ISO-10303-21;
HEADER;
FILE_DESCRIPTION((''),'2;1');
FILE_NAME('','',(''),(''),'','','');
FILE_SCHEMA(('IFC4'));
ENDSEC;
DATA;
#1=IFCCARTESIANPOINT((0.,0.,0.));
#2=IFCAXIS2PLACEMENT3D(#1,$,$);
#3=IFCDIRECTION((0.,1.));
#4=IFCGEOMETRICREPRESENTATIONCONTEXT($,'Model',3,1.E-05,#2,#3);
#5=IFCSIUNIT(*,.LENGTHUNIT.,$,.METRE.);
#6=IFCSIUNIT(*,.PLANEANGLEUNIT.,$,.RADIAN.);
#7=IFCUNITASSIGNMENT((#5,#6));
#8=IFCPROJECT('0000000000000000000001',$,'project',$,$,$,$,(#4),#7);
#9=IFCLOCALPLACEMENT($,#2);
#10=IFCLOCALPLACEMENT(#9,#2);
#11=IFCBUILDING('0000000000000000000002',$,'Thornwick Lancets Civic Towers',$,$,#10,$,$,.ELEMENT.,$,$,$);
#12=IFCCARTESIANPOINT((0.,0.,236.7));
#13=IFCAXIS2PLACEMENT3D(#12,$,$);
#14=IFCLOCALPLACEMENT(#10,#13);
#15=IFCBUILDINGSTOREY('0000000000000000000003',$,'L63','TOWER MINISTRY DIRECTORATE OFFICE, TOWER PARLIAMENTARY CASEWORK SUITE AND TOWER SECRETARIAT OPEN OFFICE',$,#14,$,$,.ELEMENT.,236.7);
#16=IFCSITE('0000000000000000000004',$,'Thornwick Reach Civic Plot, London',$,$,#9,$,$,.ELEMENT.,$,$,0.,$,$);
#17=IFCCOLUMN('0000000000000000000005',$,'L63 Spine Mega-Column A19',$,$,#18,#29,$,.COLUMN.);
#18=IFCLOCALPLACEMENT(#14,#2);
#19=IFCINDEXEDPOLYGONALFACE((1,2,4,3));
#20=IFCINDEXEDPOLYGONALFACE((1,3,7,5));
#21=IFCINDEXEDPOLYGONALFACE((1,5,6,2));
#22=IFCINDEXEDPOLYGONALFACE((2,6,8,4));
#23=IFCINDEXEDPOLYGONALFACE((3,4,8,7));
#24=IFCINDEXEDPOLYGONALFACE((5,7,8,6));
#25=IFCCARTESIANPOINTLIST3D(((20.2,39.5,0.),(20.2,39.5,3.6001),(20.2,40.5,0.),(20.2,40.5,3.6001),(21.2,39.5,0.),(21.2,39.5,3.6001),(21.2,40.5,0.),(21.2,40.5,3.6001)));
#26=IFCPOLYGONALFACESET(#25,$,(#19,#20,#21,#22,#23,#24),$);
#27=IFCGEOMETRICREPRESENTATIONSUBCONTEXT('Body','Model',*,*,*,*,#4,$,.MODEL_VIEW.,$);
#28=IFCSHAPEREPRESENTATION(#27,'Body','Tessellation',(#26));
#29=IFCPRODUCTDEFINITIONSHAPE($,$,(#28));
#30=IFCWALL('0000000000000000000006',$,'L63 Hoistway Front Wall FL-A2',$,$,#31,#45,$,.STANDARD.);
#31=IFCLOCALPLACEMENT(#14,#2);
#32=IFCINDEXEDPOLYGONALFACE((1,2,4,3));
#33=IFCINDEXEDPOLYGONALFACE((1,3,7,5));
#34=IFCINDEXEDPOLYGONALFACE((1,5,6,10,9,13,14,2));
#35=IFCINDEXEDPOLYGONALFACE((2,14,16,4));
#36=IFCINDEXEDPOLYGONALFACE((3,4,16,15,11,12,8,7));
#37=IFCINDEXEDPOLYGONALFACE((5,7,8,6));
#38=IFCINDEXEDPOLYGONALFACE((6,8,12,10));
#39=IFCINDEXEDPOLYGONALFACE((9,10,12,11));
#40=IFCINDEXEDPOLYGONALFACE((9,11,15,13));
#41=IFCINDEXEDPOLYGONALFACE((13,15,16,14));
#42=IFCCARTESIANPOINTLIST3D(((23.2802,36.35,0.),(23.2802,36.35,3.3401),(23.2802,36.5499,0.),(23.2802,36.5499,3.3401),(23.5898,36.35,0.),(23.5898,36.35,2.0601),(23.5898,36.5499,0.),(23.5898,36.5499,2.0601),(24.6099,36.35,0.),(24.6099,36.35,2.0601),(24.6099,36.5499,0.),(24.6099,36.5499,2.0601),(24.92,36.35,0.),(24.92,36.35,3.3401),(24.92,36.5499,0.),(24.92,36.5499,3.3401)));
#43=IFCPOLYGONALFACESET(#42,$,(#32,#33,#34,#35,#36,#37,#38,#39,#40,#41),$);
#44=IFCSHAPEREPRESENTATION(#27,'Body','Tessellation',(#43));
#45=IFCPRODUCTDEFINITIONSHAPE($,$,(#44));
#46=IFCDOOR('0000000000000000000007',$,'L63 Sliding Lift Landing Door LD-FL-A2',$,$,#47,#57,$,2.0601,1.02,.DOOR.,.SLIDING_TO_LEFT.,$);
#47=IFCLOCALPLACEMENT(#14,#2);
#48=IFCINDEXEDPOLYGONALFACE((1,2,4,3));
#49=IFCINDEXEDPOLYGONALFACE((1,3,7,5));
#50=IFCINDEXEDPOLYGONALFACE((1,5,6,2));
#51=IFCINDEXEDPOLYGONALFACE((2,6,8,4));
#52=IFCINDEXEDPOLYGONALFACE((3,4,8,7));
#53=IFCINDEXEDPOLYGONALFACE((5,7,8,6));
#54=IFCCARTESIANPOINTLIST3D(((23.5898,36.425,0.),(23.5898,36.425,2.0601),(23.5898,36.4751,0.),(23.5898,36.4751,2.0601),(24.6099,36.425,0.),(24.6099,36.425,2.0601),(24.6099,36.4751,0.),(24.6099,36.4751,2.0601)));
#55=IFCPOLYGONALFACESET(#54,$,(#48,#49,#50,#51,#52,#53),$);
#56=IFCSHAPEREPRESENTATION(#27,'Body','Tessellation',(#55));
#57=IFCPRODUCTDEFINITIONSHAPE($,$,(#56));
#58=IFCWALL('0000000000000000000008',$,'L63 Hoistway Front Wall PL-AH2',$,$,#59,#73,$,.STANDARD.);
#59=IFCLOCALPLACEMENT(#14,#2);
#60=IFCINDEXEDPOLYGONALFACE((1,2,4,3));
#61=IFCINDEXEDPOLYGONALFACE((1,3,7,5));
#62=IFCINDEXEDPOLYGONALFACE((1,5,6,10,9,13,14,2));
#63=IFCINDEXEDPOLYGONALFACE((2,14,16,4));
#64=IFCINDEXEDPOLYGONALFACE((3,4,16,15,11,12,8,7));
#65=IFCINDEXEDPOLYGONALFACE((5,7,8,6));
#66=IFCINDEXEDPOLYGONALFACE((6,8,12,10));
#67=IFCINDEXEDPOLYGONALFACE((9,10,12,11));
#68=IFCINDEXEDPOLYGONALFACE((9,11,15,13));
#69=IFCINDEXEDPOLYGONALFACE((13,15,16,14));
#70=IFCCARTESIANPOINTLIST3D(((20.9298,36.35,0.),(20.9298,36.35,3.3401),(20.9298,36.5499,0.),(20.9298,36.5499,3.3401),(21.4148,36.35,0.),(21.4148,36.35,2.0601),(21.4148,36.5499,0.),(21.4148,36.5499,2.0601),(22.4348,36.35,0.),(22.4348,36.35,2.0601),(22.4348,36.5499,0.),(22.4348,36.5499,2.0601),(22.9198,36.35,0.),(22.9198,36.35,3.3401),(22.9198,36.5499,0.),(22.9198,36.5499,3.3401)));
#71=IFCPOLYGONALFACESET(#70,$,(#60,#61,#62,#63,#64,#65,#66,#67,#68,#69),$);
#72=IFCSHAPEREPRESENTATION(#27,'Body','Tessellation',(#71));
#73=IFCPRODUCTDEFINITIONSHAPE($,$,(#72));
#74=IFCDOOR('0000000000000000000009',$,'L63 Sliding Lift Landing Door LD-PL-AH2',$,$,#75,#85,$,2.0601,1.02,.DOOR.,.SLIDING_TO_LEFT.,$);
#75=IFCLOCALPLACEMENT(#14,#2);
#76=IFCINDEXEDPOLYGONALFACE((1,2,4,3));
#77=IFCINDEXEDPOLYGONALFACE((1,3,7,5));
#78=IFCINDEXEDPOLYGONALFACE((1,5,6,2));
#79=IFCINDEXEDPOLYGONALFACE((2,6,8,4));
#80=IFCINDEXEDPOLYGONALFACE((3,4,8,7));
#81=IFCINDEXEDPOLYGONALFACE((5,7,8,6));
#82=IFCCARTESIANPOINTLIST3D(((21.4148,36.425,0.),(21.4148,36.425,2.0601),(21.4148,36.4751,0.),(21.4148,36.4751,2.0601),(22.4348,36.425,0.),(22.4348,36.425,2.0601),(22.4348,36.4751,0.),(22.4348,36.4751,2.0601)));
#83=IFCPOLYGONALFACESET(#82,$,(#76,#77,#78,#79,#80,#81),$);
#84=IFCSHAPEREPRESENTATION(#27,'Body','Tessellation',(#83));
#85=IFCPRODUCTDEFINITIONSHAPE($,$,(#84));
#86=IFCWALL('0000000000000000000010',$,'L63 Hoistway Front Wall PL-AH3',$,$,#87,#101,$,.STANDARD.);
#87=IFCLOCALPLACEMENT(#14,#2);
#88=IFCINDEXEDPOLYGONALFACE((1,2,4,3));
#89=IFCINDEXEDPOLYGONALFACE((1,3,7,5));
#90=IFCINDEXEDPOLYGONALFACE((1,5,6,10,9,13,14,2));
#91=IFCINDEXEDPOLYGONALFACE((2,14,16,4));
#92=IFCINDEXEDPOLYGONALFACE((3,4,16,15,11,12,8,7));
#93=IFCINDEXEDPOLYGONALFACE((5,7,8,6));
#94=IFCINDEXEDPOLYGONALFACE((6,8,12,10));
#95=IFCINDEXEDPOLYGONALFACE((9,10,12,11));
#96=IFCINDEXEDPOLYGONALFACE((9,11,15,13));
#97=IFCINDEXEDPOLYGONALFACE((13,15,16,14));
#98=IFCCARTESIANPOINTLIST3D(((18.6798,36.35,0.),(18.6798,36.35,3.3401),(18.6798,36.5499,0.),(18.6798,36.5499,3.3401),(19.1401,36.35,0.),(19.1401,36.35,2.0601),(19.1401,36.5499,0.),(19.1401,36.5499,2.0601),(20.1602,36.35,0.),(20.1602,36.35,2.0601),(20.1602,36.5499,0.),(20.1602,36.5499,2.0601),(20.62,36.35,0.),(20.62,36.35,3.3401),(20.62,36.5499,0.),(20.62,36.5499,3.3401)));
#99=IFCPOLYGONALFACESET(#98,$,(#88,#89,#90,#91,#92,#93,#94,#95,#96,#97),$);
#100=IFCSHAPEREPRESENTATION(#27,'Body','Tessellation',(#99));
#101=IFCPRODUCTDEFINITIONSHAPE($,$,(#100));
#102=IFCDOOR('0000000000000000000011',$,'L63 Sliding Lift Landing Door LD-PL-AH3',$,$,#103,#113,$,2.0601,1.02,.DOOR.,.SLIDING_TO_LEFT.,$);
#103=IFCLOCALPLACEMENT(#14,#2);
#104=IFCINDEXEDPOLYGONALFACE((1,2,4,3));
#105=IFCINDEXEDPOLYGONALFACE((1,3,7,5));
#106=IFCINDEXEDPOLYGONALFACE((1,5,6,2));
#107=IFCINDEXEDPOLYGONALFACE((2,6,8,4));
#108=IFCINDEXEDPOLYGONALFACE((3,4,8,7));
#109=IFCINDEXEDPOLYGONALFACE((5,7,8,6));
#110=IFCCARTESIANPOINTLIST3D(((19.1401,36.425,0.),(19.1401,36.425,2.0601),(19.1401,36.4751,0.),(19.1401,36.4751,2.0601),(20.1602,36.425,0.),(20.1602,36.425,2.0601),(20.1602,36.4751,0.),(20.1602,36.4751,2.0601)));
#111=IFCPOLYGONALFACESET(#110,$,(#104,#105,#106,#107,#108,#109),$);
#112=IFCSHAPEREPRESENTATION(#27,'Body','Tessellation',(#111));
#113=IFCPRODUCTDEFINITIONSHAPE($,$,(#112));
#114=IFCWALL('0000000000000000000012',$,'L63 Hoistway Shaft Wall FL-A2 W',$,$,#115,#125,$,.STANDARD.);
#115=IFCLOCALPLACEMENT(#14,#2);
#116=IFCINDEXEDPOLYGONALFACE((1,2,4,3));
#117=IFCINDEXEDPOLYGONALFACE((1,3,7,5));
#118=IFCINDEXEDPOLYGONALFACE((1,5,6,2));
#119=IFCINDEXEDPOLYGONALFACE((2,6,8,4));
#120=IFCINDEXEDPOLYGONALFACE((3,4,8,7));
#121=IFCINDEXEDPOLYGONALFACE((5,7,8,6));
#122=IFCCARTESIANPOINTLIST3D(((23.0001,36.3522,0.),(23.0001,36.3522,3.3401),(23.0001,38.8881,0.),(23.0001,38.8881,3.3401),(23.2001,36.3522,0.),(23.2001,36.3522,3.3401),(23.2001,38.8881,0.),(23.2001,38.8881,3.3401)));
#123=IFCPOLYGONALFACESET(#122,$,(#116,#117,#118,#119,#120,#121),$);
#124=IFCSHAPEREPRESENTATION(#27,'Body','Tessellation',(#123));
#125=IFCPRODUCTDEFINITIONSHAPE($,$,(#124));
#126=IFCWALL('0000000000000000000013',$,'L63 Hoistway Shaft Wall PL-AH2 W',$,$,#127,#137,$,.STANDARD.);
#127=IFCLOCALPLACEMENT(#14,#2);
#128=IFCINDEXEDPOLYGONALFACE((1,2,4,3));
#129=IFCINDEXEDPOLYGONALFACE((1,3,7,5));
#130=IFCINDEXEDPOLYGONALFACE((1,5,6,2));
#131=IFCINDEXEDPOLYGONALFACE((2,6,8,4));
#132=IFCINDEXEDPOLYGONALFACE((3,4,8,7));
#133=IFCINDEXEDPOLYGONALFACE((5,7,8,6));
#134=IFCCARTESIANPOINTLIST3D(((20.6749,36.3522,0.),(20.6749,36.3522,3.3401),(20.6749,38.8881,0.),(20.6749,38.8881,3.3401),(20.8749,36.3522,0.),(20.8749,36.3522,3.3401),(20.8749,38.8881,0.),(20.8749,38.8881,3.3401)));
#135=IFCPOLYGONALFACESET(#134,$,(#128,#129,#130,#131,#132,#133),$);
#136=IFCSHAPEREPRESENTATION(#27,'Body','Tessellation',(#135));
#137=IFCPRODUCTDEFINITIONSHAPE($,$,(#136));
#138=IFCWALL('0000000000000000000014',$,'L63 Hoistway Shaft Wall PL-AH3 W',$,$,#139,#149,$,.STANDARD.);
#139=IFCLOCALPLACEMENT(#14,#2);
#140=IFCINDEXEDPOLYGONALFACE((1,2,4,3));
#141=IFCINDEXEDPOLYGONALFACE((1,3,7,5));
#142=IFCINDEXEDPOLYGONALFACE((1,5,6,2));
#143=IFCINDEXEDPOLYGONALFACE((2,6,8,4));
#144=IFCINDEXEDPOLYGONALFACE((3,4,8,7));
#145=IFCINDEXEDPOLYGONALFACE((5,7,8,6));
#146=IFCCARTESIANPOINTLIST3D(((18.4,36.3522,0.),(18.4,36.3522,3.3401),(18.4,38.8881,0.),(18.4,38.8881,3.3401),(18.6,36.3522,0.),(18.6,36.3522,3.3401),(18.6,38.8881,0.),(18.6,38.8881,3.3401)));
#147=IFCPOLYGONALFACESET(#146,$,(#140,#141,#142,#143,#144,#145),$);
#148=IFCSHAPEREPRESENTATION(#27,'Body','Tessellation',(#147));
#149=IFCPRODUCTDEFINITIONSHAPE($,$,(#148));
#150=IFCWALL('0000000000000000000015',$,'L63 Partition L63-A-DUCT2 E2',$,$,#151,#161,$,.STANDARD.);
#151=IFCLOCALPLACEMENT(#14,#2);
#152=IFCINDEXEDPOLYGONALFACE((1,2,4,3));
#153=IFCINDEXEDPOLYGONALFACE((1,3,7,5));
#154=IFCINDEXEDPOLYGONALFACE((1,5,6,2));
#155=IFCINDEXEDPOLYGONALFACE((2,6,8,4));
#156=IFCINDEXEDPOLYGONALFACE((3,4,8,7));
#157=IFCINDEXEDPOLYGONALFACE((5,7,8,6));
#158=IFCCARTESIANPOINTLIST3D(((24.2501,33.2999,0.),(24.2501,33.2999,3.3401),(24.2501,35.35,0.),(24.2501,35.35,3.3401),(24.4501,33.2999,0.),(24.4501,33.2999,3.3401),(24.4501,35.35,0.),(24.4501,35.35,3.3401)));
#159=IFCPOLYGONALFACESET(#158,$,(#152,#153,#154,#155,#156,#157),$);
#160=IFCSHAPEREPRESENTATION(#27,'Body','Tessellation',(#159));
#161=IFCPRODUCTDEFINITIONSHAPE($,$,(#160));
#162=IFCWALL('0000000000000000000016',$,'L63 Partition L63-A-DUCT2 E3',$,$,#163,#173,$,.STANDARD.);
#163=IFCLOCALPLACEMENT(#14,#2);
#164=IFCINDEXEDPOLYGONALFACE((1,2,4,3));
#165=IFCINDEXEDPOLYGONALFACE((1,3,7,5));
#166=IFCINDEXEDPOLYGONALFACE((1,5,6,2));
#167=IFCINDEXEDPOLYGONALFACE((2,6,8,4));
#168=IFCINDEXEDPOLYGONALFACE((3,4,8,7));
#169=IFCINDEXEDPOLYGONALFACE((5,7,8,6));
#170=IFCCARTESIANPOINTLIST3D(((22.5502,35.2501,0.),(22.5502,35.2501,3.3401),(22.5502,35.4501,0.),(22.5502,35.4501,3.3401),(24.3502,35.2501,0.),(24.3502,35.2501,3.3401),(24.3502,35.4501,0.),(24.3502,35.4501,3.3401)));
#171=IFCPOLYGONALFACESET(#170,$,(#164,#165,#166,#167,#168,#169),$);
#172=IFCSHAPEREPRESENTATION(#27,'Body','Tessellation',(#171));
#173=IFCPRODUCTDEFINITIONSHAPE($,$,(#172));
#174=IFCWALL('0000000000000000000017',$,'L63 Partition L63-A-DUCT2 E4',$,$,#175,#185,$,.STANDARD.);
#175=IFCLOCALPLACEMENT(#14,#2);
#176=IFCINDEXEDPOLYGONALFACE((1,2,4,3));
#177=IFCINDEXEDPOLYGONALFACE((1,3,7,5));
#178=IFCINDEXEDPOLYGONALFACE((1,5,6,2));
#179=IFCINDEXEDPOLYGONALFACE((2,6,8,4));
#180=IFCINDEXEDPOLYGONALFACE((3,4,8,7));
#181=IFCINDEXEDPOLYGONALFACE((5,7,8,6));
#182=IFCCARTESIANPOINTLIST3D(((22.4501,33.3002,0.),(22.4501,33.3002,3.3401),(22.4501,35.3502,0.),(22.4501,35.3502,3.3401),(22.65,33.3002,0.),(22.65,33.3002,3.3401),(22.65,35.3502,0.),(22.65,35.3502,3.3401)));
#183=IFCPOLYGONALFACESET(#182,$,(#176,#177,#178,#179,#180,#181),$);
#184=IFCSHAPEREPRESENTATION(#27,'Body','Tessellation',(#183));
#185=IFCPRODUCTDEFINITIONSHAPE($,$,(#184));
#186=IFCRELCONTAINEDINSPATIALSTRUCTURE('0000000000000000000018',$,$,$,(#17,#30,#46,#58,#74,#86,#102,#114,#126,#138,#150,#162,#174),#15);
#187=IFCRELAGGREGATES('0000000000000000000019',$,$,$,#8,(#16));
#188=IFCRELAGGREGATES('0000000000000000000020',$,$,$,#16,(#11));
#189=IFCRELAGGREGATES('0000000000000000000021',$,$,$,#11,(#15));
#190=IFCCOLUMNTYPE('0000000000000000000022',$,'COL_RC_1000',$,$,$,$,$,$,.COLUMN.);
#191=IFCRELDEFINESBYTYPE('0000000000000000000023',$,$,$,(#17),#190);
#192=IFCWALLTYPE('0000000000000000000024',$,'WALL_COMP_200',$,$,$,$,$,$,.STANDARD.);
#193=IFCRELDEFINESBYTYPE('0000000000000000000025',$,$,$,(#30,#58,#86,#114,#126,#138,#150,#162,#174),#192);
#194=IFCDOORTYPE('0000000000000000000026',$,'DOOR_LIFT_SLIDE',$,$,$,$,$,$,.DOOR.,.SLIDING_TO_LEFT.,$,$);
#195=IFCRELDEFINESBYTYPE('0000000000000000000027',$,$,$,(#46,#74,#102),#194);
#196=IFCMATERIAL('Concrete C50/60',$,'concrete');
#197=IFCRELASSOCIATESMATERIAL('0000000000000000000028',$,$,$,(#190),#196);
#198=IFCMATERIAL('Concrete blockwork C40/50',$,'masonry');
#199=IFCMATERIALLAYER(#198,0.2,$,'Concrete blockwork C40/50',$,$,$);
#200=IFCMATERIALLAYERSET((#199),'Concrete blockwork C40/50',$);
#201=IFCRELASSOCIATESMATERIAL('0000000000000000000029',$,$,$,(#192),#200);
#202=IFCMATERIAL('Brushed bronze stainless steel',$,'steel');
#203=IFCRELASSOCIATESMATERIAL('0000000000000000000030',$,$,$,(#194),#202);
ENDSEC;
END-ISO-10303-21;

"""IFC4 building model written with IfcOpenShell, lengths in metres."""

from ifc_helpers import new_model, si_unit, direction, frame, frame_2d, origin, origin_2d, place, context, subcontext, project, spatial, rectangle, extrude, material, layer, layer_set, material_profile, profile_set, type_object, element, fill, save


model = new_model("IFC4")

# Units and contexts
model_context = context("Model", 3, precision=1e-05, world=origin(), true_north=direction((0.0, 1.0)))
body_context = subcontext(model_context, "Body", "Model", "MODEL_VIEW")
ifc_project = project(units=[si_unit("LENGTHUNIT", "METRE"), si_unit("PLANEANGLEUNIT", "RADIAN")], contexts=[model_context])

# Site, building, storey
site_placement = place(None, origin())
site = spatial("IfcSite", under=ifc_project, at=site_placement, Name="Thornwick Reach Civic Plot, London", CompositionType="ELEMENT", RefElevation=0.0)
building_placement = place(site_placement, origin())
building = spatial("IfcBuilding", under=site, at=building_placement, Name="Thornwick Lancets Civic Towers", CompositionType="ELEMENT")
storey_placement = place(building_placement, frame((0.0, 0.0, 236.7)))
storey = spatial("IfcBuildingStorey", under=building, at=storey_placement, Name="L63", Description="TOWER MINISTRY DIRECTORATE OFFICE, TOWER PARLIAMENTARY CASEWORK SUITE AND TOWER SECRETARIAT OPEN OFFICE", CompositionType="ELEMENT", Elevation=236.7)

# Column
ifc_material_1 = material(Name="Concrete C50/60", Category="concrete")
ifc_material_profile = material_profile(ifc_material_1, rectangle(XDim=1.0, YDim=1.0, at=origin_2d()), Name="RC 1000x1000")
ifc_profile_set = profile_set([ifc_material_profile], Name="Concrete C50/60")
column_type = type_object("IfcColumnType", Name="COL_RC_1000", PredefinedType="COLUMN", material=ifc_profile_set)
column_placement = place(storey_placement, frame((20.7, 40.0, 0.0), z_axis=(0.0, 0.0, 1.0), x_axis=(1.0, 0.0, 0.0)))
element("IfcColumn", 1, at=column_placement, inside=storey, type_object=column_type, Name="L63 Spine Mega-Column A19", PredefinedType="COLUMN", context=body_context, shape_type="SweptSolid", body=[
    extrude(rectangle(XDim=1.0, YDim=1.0, at=origin_2d()), origin(), (0.0, 0.0, 1.0), 3.6001),
])

# Walls, openings, doors
ifc_material_2 = material(Name="Concrete blockwork C40/50", Category="masonry")
ifc_layer_1 = layer(ifc_material_2, 0.2, Name="Concrete blockwork C40/50")
ifc_layer_set_1 = layer_set([ifc_layer_1], Name="Concrete blockwork C40/50")
wall_type_1 = type_object("IfcWallType", Name="WALL_COMP_200", PredefinedType="STANDARD", material=ifc_layer_set_1)
wall_1_placement = place(storey_placement, frame((24.9199, 36.45, 0.0), z_axis=(0.0, 0.0, 1.0), x_axis=(-1.0, 0.0, 0.0)))
wall_1 = element("IfcWall", 2, at=wall_1_placement, inside=storey, type_object=wall_type_1, Name="L63 Hoistway Front Wall FL-A2", PredefinedType="STANDARD", context=body_context, shape_type="SweptSolid", body=[
    extrude(rectangle(XDim=1.6399, YDim=0.2, at=frame_2d((0.8198, 0.0))), origin(), (0.0, 0.0, 1.0), 3.3401),
])
opening_1_placement = place(wall_1_placement, frame((0.3101, 0.0, 0.0)))
opening_1 = element("IfcOpeningElement", 3, at=opening_1_placement, cuts=wall_1, PredefinedType="OPENING", context=body_context, shape_type="SweptSolid", body=[
    extrude(rectangle(XDim=1.02, YDim=2.0601, at=frame_2d((0.51, 1.03))), frame((0.0, 0.1099, 0.0), z_axis=(0.0, -1.0, 0.0), x_axis=(1.0, 0.0, 0.0)), (0.0, 0.0, 1.0), 0.22),
])
ifc_material_3 = material(Name="Brushed bronze stainless steel", Category="steel")
door_type = type_object("IfcDoorType", Name="DOOR_LIFT_SLIDE", OperationType="SLIDING_TO_LEFT", PredefinedType="DOOR", material=ifc_material_3)
door_1_placement = place(opening_1_placement, origin())
door_1 = element("IfcDoor", 4, at=door_1_placement, inside=storey, type_object=door_type, Name="L63 Sliding Lift Landing Door LD-FL-A2", OperationType="SLIDING_TO_LEFT", OverallHeight=2.0601, OverallWidth=1.02, PredefinedType="DOOR", context=body_context, shape_type="SweptSolid", body=[
    extrude(rectangle(XDim=1.02, YDim=2.0601, at=frame_2d((0.51, 1.03))), frame((0.0, 0.0249, 0.0), z_axis=(0.0, -1.0, 0.0), x_axis=(1.0, 0.0, 0.0)), (0.0, 0.0, 1.0), 0.05),
])
fill(opening_1, door_1)
wall_2_placement = place(storey_placement, frame((22.9199, 36.45, 0.0), z_axis=(0.0, 0.0, 1.0), x_axis=(-1.0, 0.0, 0.0)))
wall_2 = element("IfcWall", 5, at=wall_2_placement, inside=storey, type_object=wall_type_1, Name="L63 Hoistway Front Wall PL-AH2", PredefinedType="STANDARD", context=body_context, shape_type="SweptSolid", body=[
    extrude(rectangle(XDim=1.99, YDim=0.2, at=frame_2d((0.9951, 0.0))), origin(), (0.0, 0.0, 1.0), 3.3401),
])
opening_2_placement = place(wall_2_placement, frame((0.4851, 0.0, 0.0)))
opening_2 = element("IfcOpeningElement", 6, at=opening_2_placement, cuts=wall_2, PredefinedType="OPENING", context=body_context, shape_type="SweptSolid", body=[
    extrude(rectangle(XDim=1.02, YDim=2.0601, at=frame_2d((0.51, 1.03))), frame((0.0, 0.1099, 0.0), z_axis=(0.0, -1.0, 0.0), x_axis=(1.0, 0.0, 0.0)), (0.0, 0.0, 1.0), 0.22),
])
door_2_placement = place(opening_2_placement, origin())
door_2 = element("IfcDoor", 7, at=door_2_placement, inside=storey, type_object=door_type, Name="L63 Sliding Lift Landing Door LD-PL-AH2", OperationType="SLIDING_TO_LEFT", OverallHeight=2.0601, OverallWidth=1.02, PredefinedType="DOOR", context=body_context, shape_type="SweptSolid", body=[
    extrude(rectangle(XDim=1.02, YDim=2.0601, at=frame_2d((0.51, 1.03))), frame((0.0, 0.0249, 0.0), z_axis=(0.0, -1.0, 0.0), x_axis=(1.0, 0.0, 0.0)), (0.0, 0.0, 1.0), 0.05),
])
fill(opening_2, door_2)
wall_3_placement = place(storey_placement, frame((20.6201, 36.45, 0.0), z_axis=(0.0, 0.0, 1.0), x_axis=(-1.0, 0.0, 0.0)))
wall_3 = element("IfcWall", 8, at=wall_3_placement, inside=storey, type_object=wall_type_1, Name="L63 Hoistway Front Wall PL-AH3", PredefinedType="STANDARD", context=body_context, shape_type="SweptSolid", body=[
    extrude(rectangle(XDim=1.9402, YDim=0.2, at=frame_2d((0.9702, 0.0))), origin(), (0.0, 0.0, 1.0), 3.3401),
])
opening_3_placement = place(wall_3_placement, frame((0.46, 0.0, 0.0)))
opening_3 = element("IfcOpeningElement", 9, at=opening_3_placement, cuts=wall_3, PredefinedType="OPENING", context=body_context, shape_type="SweptSolid", body=[
    extrude(rectangle(XDim=1.02, YDim=2.0601, at=frame_2d((0.51, 1.03))), frame((0.0, 0.1099, 0.0), z_axis=(0.0, -1.0, 0.0), x_axis=(1.0, 0.0, 0.0)), (0.0, 0.0, 1.0), 0.22),
])
door_3_placement = place(opening_3_placement, origin())
door_3 = element("IfcDoor", 10, at=door_3_placement, inside=storey, type_object=door_type, Name="L63 Sliding Lift Landing Door LD-PL-AH3", OperationType="SLIDING_TO_LEFT", OverallHeight=2.0601, OverallWidth=1.02, PredefinedType="DOOR", context=body_context, shape_type="SweptSolid", body=[
    extrude(rectangle(XDim=1.02, YDim=2.0601, at=frame_2d((0.51, 1.03))), frame((0.0, 0.0249, 0.0), z_axis=(0.0, -1.0, 0.0), x_axis=(1.0, 0.0, 0.0)), (0.0, 0.0, 1.0), 0.05),
])
fill(opening_3, door_3)

# Walls
for number, where, z_axis, x_axis, name in (
    (11, (23.1001, 36.3521, 0.0), (0.0, 0.0, 1.0), (0.0, 1.0, 0.0), "L63 Hoistway Shaft Wall FL-A2 W"),
    (12, (20.7749, 36.3521, 0.0), (0.0, 0.0, 1.0), (0.0, 1.0, 0.0), "L63 Hoistway Shaft Wall PL-AH2 W"),
    (13, (18.5, 36.3521, 0.0), (0.0, 0.0, 1.0), (0.0, 1.0, 0.0), "L63 Hoistway Shaft Wall PL-AH3 W"),
):
    element("IfcWall", number, at=place(storey_placement, frame(where, z_axis=z_axis, x_axis=x_axis)), inside=storey, type_object=wall_type_1, Name=name, PredefinedType="STANDARD", context=body_context, shape_type="SweptSolid", body=[
        extrude(rectangle(XDim=2.5359, YDim=0.2, at=frame_2d((1.2681, 0.0))), origin(), (0.0, 0.0, 1.0), 3.3401),
    ])
wall_4_placement = place(storey_placement, frame((24.3501, 33.3, 0.0), z_axis=(0.0, 0.0, 1.0), x_axis=(0.0, 1.0, 0.0)))
element("IfcWall", 14, at=wall_4_placement, inside=storey, type_object=wall_type_1, Name="L63 Partition L63-A-DUCT2 E2", PredefinedType="STANDARD", context=body_context, shape_type="SweptSolid", body=[
    extrude(rectangle(XDim=2.05, YDim=0.2, at=frame_2d((1.0249, 0.0))), origin(), (0.0, 0.0, 1.0), 3.3401),
])
wall_5_placement = place(storey_placement, frame((24.3501, 35.3501, 0.0), z_axis=(0.0, 0.0, 1.0), x_axis=(-1.0, 0.0, 0.0)))
element("IfcWall", 15, at=wall_5_placement, inside=storey, type_object=wall_type_1, Name="L63 Partition L63-A-DUCT2 E3", PredefinedType="STANDARD", context=body_context, shape_type="SweptSolid", body=[
    extrude(rectangle(XDim=1.8, YDim=0.2, at=frame_2d((0.8999, 0.0))), origin(), (0.0, 0.0, 1.0), 3.3401),
])
wall_6_placement = place(storey_placement, frame((22.55, 35.3501, 0.0), z_axis=(0.0, 0.0, 1.0), x_axis=(0.0, -1.0, 0.0)))
element("IfcWall", 16, at=wall_6_placement, inside=storey, type_object=wall_type_1, Name="L63 Partition L63-A-DUCT2 E4", PredefinedType="STANDARD", context=body_context, shape_type="SweptSolid", body=[
    extrude(rectangle(XDim=2.05, YDim=0.2, at=frame_2d((1.0249, 0.0))), origin(), (0.0, 0.0, 1.0), 3.3401),
])

save(model, "model.ifc")
